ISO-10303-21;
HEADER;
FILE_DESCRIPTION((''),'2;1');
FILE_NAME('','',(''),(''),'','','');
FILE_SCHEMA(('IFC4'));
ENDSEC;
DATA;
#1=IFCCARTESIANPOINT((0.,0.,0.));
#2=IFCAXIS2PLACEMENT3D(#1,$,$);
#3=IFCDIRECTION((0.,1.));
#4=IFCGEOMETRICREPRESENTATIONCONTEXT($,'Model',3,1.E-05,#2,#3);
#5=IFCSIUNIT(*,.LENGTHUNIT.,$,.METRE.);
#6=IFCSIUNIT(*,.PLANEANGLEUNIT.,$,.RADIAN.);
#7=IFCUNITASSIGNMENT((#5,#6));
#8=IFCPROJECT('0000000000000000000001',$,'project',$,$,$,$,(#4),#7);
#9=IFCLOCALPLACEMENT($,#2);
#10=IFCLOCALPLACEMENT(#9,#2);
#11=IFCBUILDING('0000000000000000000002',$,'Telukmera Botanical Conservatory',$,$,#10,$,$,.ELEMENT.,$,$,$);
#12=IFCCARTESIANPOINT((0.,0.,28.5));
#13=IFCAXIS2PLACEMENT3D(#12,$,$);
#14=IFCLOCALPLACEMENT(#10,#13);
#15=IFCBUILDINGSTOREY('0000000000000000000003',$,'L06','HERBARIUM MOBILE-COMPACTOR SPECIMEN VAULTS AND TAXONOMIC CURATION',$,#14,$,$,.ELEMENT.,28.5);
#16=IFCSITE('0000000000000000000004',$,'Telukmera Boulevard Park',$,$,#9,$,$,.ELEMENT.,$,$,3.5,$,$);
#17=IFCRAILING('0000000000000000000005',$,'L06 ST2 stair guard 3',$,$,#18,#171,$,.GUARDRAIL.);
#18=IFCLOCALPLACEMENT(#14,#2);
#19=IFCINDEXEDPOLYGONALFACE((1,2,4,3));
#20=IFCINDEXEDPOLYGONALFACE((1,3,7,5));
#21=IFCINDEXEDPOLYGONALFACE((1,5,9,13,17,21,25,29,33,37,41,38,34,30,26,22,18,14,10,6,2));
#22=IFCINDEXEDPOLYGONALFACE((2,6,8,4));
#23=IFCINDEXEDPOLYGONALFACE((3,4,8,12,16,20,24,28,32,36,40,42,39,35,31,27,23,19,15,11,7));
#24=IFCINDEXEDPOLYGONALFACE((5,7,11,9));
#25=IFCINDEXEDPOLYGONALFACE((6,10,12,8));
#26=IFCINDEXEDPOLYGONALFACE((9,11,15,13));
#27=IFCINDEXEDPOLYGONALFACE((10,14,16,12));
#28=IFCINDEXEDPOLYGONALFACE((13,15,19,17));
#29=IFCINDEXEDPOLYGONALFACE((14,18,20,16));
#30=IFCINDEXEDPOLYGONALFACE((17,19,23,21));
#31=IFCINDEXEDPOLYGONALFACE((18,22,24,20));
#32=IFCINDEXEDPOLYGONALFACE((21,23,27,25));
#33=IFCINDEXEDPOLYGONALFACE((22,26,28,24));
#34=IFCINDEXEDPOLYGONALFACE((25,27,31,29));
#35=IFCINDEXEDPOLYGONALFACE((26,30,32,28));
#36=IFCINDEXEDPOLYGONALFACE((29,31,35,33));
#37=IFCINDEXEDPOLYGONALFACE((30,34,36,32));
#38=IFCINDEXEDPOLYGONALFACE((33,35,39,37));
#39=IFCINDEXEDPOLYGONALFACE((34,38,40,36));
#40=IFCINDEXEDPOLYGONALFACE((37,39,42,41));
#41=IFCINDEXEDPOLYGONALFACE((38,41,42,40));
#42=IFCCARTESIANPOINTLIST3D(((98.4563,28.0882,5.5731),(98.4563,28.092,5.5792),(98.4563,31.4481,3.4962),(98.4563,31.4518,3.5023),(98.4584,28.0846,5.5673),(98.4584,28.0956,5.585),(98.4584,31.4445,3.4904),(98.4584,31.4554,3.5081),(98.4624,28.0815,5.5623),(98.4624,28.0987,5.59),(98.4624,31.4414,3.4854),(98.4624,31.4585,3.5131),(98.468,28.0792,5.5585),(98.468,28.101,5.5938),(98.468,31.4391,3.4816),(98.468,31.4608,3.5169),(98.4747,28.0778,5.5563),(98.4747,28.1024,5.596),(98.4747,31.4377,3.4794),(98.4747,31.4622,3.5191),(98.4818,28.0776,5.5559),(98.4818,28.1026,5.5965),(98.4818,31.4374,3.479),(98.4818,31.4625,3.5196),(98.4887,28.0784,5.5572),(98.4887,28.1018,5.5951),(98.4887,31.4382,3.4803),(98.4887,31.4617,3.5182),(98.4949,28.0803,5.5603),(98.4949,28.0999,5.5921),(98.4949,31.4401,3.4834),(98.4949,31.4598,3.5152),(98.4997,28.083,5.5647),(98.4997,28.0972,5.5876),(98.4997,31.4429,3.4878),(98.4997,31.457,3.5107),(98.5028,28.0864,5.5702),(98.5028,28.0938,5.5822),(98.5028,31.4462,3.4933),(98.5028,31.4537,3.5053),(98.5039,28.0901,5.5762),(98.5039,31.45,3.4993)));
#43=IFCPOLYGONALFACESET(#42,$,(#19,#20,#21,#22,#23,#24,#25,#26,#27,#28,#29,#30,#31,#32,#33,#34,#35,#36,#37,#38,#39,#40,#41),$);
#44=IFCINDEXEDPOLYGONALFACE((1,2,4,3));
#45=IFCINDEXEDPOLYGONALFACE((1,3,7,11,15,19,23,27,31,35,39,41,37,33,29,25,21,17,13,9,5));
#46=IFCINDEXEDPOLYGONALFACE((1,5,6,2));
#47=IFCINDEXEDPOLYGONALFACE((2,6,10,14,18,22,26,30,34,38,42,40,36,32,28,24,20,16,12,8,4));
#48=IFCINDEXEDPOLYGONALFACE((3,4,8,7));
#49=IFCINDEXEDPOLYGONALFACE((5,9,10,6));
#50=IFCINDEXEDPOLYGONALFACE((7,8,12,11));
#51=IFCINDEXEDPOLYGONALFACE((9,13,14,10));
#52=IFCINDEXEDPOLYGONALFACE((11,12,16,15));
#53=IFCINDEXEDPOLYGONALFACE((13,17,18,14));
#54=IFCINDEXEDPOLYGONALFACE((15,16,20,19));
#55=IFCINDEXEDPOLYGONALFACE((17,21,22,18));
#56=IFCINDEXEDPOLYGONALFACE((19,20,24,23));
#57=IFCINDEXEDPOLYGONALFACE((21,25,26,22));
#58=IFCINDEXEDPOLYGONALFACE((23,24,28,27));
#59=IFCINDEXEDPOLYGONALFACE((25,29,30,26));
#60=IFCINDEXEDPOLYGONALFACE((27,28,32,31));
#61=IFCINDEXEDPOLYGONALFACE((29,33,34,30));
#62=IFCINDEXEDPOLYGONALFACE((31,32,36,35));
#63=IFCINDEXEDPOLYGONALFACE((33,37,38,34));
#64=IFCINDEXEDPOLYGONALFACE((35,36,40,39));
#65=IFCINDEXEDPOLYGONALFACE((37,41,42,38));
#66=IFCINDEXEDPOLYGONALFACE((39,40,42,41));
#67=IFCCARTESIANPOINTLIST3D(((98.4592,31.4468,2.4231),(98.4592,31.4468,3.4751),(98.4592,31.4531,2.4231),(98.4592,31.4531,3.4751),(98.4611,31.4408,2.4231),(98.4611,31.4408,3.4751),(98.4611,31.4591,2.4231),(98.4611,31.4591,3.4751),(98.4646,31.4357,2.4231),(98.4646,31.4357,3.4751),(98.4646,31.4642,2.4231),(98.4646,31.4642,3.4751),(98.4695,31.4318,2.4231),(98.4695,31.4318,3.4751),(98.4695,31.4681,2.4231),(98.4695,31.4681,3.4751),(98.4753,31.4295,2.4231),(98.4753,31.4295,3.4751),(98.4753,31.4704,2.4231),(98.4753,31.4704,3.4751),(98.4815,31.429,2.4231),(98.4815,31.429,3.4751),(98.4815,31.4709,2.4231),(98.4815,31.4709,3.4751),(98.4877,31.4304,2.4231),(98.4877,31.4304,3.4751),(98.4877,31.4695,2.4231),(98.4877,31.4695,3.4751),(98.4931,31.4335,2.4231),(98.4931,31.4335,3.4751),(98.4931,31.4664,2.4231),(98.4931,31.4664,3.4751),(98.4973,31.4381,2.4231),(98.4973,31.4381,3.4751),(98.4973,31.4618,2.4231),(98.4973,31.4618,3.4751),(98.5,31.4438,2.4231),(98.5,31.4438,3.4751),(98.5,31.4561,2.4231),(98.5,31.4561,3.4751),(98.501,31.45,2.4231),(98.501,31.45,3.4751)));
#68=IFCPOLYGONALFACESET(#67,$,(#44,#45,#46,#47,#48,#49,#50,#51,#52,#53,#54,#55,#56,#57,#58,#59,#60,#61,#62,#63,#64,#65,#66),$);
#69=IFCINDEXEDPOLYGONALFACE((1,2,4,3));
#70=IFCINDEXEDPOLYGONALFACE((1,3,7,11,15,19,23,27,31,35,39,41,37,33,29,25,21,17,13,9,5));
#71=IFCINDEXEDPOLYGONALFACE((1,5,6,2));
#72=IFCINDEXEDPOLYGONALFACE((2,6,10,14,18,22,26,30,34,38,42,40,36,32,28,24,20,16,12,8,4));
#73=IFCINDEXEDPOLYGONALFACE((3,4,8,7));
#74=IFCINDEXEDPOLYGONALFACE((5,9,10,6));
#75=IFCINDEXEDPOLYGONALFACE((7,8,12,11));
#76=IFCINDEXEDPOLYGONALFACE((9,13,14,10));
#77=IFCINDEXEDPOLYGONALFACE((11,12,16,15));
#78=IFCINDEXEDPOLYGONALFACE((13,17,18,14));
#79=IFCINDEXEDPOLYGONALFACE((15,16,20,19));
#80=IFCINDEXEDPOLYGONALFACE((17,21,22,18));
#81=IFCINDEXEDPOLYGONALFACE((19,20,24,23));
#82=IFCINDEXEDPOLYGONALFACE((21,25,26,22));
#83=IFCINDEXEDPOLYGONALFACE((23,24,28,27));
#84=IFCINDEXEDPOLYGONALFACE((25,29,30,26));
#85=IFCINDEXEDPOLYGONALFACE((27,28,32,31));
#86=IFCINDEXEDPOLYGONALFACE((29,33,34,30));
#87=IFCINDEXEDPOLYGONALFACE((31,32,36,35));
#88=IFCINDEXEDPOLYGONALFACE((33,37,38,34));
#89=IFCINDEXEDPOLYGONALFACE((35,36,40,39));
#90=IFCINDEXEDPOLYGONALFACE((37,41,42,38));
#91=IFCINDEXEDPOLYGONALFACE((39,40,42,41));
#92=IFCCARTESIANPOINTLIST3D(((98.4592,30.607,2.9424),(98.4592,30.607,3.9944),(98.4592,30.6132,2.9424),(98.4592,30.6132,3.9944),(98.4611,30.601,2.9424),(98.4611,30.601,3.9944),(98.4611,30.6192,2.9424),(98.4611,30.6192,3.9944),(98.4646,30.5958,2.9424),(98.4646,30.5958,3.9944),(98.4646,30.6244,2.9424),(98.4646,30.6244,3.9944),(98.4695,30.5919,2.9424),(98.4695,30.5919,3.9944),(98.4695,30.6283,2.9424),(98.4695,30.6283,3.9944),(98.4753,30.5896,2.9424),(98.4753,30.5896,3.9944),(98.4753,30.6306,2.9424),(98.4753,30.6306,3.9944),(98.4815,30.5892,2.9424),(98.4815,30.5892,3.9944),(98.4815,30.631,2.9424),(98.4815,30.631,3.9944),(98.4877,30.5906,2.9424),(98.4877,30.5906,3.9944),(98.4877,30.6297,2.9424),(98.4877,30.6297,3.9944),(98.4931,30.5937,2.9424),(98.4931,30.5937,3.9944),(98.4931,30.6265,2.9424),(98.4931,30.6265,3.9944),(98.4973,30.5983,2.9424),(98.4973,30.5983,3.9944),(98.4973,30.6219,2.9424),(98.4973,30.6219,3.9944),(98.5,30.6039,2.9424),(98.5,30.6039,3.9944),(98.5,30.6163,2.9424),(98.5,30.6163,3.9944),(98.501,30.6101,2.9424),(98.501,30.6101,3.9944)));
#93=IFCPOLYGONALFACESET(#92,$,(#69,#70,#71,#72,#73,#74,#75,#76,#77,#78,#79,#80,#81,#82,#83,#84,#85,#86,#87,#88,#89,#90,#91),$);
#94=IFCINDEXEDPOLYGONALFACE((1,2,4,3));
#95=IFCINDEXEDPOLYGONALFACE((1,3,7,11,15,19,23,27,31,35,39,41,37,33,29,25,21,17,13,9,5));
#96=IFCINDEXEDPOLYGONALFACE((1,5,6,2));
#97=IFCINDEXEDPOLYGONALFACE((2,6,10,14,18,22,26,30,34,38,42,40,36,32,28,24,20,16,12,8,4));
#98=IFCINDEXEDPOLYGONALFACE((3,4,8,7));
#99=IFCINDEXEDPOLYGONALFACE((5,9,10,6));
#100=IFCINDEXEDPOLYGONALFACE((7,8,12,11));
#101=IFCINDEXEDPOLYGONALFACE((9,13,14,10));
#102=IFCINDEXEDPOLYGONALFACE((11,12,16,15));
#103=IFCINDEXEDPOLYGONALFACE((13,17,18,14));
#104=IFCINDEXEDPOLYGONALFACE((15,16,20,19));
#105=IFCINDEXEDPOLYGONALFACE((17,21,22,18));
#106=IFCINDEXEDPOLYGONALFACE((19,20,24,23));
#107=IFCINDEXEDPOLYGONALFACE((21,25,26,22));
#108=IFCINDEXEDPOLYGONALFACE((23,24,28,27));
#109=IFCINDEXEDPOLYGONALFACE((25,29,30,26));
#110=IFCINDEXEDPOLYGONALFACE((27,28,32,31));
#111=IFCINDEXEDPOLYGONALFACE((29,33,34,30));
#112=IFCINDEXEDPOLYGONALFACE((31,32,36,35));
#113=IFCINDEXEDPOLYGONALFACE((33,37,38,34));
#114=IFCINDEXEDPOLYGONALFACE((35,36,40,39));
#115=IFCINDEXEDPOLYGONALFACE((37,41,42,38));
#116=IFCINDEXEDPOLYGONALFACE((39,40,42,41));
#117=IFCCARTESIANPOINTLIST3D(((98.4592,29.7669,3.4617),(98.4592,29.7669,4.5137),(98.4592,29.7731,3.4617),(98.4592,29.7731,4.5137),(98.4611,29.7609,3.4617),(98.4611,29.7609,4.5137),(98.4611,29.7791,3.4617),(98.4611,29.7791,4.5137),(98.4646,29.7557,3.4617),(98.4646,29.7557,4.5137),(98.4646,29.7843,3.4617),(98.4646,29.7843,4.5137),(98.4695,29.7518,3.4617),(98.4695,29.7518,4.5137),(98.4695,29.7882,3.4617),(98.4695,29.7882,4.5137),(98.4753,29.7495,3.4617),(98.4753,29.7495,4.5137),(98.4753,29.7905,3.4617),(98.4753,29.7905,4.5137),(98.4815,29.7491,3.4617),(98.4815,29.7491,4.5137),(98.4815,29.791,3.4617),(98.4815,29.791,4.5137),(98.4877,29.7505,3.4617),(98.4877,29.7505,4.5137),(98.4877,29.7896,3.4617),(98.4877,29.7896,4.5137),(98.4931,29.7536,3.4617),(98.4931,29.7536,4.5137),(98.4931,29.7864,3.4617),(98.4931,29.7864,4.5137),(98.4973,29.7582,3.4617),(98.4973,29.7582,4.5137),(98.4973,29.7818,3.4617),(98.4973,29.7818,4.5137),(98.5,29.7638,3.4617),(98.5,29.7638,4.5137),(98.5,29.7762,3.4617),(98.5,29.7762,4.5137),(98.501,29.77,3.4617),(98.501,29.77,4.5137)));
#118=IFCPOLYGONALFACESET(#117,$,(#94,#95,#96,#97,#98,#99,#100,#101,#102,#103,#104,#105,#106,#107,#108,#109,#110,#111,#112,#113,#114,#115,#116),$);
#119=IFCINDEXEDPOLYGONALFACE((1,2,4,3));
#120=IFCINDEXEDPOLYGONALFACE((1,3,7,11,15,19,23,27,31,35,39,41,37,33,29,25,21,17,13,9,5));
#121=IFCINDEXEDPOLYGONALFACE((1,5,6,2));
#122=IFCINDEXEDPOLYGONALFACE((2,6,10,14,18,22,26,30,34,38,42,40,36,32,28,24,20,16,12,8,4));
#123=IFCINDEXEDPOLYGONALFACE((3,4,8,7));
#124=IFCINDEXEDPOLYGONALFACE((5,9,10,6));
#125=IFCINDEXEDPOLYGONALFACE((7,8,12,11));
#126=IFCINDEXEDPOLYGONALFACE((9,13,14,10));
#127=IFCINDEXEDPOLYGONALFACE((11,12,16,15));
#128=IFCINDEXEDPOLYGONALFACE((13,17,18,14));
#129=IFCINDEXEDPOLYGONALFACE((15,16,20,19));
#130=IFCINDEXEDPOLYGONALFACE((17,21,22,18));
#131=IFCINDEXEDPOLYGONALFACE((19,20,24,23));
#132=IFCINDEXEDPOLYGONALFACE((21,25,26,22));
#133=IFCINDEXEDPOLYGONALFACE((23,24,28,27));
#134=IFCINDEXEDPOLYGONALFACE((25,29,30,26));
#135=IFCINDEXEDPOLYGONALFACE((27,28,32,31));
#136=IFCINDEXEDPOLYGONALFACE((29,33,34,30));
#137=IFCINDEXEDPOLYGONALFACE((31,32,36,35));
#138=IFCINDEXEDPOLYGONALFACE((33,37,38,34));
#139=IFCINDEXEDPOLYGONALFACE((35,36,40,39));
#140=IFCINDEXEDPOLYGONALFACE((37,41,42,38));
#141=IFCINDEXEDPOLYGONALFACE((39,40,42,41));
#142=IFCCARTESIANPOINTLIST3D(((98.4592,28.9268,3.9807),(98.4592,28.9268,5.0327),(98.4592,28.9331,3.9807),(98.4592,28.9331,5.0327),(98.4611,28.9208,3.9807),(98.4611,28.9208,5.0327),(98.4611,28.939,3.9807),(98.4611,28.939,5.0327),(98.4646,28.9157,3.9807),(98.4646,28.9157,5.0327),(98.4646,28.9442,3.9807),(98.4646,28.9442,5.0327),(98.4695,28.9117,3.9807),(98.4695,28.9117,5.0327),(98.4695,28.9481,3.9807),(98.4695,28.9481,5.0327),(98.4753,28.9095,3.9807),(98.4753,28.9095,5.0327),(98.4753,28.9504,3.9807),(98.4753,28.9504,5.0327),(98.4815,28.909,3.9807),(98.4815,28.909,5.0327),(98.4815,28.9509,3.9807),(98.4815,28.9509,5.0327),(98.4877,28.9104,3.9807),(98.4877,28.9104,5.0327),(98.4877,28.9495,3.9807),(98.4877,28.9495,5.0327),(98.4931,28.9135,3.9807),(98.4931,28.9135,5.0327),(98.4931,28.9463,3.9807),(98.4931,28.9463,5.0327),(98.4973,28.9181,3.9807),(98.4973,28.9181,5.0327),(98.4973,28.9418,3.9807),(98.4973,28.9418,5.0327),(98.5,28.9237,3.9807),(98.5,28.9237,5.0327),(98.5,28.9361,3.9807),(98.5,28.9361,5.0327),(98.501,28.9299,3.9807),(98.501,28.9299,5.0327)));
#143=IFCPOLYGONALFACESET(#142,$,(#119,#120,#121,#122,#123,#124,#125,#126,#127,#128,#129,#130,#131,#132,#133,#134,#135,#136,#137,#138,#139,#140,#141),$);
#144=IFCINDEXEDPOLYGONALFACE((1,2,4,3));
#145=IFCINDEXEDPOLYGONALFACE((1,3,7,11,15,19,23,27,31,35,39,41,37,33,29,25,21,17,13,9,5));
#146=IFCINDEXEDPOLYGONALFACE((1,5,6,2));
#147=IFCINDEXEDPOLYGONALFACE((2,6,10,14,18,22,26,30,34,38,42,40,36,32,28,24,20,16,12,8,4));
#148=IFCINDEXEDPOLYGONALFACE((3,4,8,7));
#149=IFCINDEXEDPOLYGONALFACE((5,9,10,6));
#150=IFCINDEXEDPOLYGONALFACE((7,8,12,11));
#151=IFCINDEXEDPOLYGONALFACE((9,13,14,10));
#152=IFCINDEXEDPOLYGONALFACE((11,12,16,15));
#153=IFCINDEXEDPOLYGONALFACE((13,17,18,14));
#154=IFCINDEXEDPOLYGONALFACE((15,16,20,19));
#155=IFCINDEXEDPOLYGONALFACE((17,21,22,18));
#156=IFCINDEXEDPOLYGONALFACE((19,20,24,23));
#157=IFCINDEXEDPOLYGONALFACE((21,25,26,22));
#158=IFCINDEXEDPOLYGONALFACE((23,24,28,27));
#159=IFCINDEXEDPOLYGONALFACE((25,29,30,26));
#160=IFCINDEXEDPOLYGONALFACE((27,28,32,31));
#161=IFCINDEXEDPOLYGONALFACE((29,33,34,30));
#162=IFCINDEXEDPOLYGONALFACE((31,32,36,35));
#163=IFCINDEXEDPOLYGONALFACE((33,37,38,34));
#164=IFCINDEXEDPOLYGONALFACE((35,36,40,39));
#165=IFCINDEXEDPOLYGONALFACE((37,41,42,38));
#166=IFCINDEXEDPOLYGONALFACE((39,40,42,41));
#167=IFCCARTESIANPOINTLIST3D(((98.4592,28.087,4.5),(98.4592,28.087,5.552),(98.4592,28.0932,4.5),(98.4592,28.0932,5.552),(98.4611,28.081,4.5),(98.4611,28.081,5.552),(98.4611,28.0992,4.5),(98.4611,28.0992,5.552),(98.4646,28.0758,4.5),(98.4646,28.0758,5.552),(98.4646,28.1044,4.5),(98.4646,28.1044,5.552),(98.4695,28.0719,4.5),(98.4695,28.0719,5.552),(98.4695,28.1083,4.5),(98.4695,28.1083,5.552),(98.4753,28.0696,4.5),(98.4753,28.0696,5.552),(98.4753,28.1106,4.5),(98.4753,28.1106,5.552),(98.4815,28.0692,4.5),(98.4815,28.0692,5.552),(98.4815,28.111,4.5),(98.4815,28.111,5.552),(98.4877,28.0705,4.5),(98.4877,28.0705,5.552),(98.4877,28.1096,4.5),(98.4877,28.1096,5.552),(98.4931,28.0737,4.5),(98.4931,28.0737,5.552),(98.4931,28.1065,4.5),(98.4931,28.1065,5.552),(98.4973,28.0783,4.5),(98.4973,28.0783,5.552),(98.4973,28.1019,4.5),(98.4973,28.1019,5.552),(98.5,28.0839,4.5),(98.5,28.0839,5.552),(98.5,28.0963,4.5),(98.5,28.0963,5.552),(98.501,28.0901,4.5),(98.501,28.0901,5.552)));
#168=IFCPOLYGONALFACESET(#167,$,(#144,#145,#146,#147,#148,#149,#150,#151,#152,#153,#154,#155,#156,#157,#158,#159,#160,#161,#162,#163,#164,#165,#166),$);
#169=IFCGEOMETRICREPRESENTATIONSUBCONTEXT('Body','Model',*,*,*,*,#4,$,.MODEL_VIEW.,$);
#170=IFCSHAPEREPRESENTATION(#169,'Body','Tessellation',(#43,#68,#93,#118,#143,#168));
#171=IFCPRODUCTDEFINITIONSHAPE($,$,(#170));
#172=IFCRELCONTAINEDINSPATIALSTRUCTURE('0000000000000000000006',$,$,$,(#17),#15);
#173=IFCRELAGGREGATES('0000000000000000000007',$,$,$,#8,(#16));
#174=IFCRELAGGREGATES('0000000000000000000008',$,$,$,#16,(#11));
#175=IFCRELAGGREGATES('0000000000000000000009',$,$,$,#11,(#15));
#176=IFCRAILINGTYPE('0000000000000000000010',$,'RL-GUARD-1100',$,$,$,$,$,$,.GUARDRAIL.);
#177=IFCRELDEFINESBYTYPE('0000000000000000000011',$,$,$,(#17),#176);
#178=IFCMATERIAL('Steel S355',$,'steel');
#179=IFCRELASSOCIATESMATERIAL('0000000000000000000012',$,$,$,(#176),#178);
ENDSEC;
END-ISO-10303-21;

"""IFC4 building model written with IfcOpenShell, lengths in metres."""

from ifc_helpers import new_model, si_unit, direction, frame, origin, origin_2d, place, context, subcontext, project, spatial, circle, extrude, material, type_object, element, save


model = new_model("IFC4")

# Units and contexts
model_context = context("Model", 3, precision=1e-05, world=origin(), true_north=direction((0.0, 1.0)))
body_context = subcontext(model_context, "Body", "Model", "MODEL_VIEW")
ifc_project = project(units=[si_unit("LENGTHUNIT", "METRE"), si_unit("PLANEANGLEUNIT", "RADIAN")], contexts=[model_context])

# Site, building, storey
site_placement = place(None, origin())
site = spatial("IfcSite", under=ifc_project, at=site_placement, Name="Telukmera Boulevard Park", CompositionType="ELEMENT", RefElevation=3.5)
building_placement = place(site_placement, origin())
building = spatial("IfcBuilding", under=site, at=building_placement, Name="Telukmera Botanical Conservatory", CompositionType="ELEMENT")
storey_placement = place(building_placement, frame((0.0, 0.0, 28.5)))
storey = spatial("IfcBuildingStorey", under=building, at=storey_placement, Name="L06", Description="HERBARIUM MOBILE-COMPACTOR SPECIMEN VAULTS AND TAXONOMIC CURATION", CompositionType="ELEMENT", Elevation=28.5)

# Railing
ifc_material_1 = material(Name="Steel S355", Category="steel")
railing_type_1 = type_object("IfcRailingType", Name="RL-GUARD-1100", PredefinedType="GUARDRAIL", material=ifc_material_1)
railing_1_placement = place(storey_placement, frame((98.48, 31.45, 2.4231)))
element("IfcRailing", 1, at=railing_1_placement, inside=storey, type_object=railing_type_1, Name="L06 ST2 stair guard 3", PredefinedType="GUARDRAIL", context=body_context, shape_type="SweptSolid", body=[
    extrude(circle(Radius=0.0239, at=origin_2d()), frame((0.0, 0.0, 1.0762), z_axis=(0.0, -0.850606, 0.525803), x_axis=(1.0, 0.0, 0.0)), (0.0, 0.0, 1.0), 3.95),
    extrude(circle(Radius=0.021, at=origin_2d()), origin(), (0.0, 0.0, 1.0), 1.052),
    extrude(circle(Radius=0.021, at=origin_2d()), frame((0.0, -0.8398, 0.5193)), (0.0, 0.0, 1.0), 1.052),
    extrude(circle(Radius=0.021, at=origin_2d()), frame((0.0, -1.6799, 1.0386)), (0.0, 0.0, 1.0), 1.052),
    extrude(circle(Radius=0.021, at=origin_2d()), frame((0.0, -2.52, 1.5576)), (0.0, 0.0, 1.0), 1.052),
    extrude(circle(Radius=0.021, at=origin_2d()), frame((0.0, -3.3599, 2.0769)), (0.0, 0.0, 1.0), 1.052),
])

save(model, "model.ifc")
